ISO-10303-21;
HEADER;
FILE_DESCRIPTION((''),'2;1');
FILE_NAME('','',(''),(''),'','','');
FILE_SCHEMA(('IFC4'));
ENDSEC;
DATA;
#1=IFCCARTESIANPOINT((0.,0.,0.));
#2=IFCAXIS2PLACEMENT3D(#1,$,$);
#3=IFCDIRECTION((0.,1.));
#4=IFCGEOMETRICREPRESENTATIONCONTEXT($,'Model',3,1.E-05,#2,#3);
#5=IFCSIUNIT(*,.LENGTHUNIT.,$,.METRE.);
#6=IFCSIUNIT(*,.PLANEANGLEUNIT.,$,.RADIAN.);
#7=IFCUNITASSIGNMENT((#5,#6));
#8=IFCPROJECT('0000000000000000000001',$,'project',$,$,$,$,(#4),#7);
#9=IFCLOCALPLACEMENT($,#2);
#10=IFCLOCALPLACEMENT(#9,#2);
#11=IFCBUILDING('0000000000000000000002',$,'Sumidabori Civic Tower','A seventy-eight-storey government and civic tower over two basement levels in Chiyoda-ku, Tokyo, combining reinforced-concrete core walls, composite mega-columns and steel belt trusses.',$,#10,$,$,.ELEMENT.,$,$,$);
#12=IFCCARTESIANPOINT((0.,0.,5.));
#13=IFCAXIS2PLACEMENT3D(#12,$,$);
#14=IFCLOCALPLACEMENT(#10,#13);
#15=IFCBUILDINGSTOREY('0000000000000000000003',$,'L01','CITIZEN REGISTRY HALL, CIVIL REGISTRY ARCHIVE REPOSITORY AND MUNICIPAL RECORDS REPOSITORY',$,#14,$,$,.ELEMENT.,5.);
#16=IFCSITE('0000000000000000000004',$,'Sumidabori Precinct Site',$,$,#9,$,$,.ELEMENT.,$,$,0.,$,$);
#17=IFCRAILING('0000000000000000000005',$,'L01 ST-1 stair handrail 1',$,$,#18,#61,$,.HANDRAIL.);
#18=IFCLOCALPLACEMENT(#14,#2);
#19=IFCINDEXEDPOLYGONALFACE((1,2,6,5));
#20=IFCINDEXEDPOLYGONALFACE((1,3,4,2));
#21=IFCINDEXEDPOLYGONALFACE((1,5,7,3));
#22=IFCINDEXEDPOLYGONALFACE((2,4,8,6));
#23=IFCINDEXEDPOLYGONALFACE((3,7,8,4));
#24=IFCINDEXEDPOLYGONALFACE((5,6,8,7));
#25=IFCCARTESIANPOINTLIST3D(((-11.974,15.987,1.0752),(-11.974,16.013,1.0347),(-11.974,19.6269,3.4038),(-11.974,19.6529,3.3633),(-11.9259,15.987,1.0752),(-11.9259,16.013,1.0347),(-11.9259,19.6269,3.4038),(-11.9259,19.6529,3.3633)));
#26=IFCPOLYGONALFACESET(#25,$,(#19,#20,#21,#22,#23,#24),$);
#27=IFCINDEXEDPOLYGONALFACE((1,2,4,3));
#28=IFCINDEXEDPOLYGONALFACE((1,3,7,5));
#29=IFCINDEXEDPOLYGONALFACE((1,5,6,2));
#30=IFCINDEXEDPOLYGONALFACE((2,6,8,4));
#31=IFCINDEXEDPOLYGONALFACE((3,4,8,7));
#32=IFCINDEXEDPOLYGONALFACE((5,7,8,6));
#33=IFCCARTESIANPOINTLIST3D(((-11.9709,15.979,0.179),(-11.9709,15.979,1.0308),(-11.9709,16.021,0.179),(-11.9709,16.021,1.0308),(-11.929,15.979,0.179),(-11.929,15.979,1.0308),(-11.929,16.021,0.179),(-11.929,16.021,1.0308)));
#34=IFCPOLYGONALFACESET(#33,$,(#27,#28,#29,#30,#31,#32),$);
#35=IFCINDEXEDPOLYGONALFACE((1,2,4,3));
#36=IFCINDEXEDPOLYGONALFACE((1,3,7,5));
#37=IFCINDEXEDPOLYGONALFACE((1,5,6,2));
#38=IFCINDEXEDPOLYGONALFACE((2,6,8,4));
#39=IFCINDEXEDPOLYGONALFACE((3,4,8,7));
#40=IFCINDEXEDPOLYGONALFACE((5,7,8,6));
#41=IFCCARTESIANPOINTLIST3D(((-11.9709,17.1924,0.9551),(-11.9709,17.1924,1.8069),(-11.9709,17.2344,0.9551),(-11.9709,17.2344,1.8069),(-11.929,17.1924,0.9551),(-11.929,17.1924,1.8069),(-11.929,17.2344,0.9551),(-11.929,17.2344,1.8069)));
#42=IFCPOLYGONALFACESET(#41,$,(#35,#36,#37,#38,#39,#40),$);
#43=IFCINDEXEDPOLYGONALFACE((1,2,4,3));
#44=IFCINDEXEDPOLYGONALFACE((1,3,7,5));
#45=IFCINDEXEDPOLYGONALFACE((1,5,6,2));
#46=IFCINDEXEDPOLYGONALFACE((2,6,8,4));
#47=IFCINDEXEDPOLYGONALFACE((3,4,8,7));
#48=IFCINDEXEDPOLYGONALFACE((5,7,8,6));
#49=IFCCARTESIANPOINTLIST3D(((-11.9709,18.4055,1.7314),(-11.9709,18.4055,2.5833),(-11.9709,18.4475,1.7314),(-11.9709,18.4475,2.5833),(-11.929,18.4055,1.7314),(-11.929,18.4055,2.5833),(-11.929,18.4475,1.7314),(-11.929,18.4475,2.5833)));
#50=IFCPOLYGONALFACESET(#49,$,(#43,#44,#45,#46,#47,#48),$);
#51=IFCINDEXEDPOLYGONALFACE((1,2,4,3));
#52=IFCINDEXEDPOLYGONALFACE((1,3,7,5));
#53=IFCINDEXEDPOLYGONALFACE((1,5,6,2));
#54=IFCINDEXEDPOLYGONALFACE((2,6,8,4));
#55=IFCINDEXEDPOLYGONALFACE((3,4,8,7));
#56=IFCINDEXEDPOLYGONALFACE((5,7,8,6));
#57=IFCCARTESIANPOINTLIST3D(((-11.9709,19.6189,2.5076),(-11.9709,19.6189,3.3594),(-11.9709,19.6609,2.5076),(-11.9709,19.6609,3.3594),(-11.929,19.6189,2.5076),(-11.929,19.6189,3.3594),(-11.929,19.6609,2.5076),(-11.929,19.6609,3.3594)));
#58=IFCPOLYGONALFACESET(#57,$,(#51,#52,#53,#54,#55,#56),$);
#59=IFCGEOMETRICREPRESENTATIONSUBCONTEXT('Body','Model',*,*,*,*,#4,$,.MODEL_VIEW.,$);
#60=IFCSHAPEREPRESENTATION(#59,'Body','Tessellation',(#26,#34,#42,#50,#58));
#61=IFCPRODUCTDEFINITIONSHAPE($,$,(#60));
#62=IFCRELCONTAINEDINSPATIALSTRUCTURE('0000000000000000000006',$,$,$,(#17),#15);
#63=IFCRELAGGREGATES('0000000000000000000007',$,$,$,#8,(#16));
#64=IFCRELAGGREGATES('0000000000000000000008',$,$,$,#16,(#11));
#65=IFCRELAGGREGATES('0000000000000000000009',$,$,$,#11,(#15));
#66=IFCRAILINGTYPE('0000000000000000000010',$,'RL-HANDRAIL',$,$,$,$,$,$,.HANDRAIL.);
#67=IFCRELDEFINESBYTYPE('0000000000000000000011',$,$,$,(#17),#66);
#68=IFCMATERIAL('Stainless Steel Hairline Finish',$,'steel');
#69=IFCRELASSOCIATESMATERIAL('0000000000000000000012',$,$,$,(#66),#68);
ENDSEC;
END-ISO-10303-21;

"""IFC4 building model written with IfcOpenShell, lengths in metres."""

from ifc_helpers import new_model, si_unit, direction, frame, origin, origin_2d, place, context, subcontext, project, spatial, rectangle, extrude, material, type_object, element, save


model = new_model("IFC4")

# Units and contexts
model_context = context("Model", 3, precision=1e-05, world=origin(), true_north=direction((0.0, 1.0)))
body_context = subcontext(model_context, "Body", "Model", "MODEL_VIEW")
ifc_project = project(units=[si_unit("LENGTHUNIT", "METRE"), si_unit("PLANEANGLEUNIT", "RADIAN")], contexts=[model_context])

# Site, building, storey
site_placement = place(None, origin())
site = spatial("IfcSite", under=ifc_project, at=site_placement, Name="Sumidabori Precinct Site", CompositionType="ELEMENT", RefElevation=0.0)
building_placement = place(site_placement, origin())
building = spatial("IfcBuilding", under=site, at=building_placement, Name="Sumidabori Civic Tower", Description="A seventy-eight-storey government and civic tower over two basement levels in Chiyoda-ku, Tokyo, combining reinforced-concrete core walls, composite mega-columns and steel belt trusses.", CompositionType="ELEMENT")
storey_placement = place(building_placement, frame((0.0, 0.0, 5.0)))
storey = spatial("IfcBuildingStorey", under=building, at=storey_placement, Name="L01", Description="CITIZEN REGISTRY HALL, CIVIL REGISTRY ARCHIVE REPOSITORY AND MUNICIPAL RECORDS REPOSITORY", CompositionType="ELEMENT", Elevation=5.0)

# Shared definitions
ifc_material_1 = material(Name="Stainless Steel Hairline Finish", Category="steel")

# Railing
railing_type = type_object("IfcRailingType", Name="RL-HANDRAIL", PredefinedType="HANDRAIL", material=ifc_material_1)
railing_placement = place(storey_placement, frame((-11.95, 16.0, 0.179)))
element("IfcRailing", 1, at=railing_placement, inside=storey, type_object=railing_type, Name="L01 ST-1 stair handrail 1", PredefinedType="HANDRAIL", context=body_context, shape_type="SweptSolid", body=[
    extrude(rectangle(XDim=0.0481, YDim=0.0481, at=origin_2d()), frame((0.0, 0.0, 0.876), z_axis=(0.0, 0.842368, 0.538903), x_axis=(-1.0, 0.0, 0.0)), (0.0, 0.0, 1.0), 4.321),
    extrude(rectangle(XDim=0.042, YDim=0.042, at=origin_2d()), origin(), (0.0, 0.0, 1.0), 0.8518),
    extrude(rectangle(XDim=0.042, YDim=0.042, at=origin_2d()), frame((0.0, 1.2134, 0.7761)), (0.0, 0.0, 1.0), 0.8518),
    extrude(rectangle(XDim=0.042, YDim=0.042, at=origin_2d()), frame((0.0, 2.4265, 1.5525)), (0.0, 0.0, 1.0), 0.8518),
    extrude(rectangle(XDim=0.042, YDim=0.042, at=origin_2d()), frame((0.0, 3.6399, 2.3286)), (0.0, 0.0, 1.0), 0.8518),
])

save(model, "model.ifc")
